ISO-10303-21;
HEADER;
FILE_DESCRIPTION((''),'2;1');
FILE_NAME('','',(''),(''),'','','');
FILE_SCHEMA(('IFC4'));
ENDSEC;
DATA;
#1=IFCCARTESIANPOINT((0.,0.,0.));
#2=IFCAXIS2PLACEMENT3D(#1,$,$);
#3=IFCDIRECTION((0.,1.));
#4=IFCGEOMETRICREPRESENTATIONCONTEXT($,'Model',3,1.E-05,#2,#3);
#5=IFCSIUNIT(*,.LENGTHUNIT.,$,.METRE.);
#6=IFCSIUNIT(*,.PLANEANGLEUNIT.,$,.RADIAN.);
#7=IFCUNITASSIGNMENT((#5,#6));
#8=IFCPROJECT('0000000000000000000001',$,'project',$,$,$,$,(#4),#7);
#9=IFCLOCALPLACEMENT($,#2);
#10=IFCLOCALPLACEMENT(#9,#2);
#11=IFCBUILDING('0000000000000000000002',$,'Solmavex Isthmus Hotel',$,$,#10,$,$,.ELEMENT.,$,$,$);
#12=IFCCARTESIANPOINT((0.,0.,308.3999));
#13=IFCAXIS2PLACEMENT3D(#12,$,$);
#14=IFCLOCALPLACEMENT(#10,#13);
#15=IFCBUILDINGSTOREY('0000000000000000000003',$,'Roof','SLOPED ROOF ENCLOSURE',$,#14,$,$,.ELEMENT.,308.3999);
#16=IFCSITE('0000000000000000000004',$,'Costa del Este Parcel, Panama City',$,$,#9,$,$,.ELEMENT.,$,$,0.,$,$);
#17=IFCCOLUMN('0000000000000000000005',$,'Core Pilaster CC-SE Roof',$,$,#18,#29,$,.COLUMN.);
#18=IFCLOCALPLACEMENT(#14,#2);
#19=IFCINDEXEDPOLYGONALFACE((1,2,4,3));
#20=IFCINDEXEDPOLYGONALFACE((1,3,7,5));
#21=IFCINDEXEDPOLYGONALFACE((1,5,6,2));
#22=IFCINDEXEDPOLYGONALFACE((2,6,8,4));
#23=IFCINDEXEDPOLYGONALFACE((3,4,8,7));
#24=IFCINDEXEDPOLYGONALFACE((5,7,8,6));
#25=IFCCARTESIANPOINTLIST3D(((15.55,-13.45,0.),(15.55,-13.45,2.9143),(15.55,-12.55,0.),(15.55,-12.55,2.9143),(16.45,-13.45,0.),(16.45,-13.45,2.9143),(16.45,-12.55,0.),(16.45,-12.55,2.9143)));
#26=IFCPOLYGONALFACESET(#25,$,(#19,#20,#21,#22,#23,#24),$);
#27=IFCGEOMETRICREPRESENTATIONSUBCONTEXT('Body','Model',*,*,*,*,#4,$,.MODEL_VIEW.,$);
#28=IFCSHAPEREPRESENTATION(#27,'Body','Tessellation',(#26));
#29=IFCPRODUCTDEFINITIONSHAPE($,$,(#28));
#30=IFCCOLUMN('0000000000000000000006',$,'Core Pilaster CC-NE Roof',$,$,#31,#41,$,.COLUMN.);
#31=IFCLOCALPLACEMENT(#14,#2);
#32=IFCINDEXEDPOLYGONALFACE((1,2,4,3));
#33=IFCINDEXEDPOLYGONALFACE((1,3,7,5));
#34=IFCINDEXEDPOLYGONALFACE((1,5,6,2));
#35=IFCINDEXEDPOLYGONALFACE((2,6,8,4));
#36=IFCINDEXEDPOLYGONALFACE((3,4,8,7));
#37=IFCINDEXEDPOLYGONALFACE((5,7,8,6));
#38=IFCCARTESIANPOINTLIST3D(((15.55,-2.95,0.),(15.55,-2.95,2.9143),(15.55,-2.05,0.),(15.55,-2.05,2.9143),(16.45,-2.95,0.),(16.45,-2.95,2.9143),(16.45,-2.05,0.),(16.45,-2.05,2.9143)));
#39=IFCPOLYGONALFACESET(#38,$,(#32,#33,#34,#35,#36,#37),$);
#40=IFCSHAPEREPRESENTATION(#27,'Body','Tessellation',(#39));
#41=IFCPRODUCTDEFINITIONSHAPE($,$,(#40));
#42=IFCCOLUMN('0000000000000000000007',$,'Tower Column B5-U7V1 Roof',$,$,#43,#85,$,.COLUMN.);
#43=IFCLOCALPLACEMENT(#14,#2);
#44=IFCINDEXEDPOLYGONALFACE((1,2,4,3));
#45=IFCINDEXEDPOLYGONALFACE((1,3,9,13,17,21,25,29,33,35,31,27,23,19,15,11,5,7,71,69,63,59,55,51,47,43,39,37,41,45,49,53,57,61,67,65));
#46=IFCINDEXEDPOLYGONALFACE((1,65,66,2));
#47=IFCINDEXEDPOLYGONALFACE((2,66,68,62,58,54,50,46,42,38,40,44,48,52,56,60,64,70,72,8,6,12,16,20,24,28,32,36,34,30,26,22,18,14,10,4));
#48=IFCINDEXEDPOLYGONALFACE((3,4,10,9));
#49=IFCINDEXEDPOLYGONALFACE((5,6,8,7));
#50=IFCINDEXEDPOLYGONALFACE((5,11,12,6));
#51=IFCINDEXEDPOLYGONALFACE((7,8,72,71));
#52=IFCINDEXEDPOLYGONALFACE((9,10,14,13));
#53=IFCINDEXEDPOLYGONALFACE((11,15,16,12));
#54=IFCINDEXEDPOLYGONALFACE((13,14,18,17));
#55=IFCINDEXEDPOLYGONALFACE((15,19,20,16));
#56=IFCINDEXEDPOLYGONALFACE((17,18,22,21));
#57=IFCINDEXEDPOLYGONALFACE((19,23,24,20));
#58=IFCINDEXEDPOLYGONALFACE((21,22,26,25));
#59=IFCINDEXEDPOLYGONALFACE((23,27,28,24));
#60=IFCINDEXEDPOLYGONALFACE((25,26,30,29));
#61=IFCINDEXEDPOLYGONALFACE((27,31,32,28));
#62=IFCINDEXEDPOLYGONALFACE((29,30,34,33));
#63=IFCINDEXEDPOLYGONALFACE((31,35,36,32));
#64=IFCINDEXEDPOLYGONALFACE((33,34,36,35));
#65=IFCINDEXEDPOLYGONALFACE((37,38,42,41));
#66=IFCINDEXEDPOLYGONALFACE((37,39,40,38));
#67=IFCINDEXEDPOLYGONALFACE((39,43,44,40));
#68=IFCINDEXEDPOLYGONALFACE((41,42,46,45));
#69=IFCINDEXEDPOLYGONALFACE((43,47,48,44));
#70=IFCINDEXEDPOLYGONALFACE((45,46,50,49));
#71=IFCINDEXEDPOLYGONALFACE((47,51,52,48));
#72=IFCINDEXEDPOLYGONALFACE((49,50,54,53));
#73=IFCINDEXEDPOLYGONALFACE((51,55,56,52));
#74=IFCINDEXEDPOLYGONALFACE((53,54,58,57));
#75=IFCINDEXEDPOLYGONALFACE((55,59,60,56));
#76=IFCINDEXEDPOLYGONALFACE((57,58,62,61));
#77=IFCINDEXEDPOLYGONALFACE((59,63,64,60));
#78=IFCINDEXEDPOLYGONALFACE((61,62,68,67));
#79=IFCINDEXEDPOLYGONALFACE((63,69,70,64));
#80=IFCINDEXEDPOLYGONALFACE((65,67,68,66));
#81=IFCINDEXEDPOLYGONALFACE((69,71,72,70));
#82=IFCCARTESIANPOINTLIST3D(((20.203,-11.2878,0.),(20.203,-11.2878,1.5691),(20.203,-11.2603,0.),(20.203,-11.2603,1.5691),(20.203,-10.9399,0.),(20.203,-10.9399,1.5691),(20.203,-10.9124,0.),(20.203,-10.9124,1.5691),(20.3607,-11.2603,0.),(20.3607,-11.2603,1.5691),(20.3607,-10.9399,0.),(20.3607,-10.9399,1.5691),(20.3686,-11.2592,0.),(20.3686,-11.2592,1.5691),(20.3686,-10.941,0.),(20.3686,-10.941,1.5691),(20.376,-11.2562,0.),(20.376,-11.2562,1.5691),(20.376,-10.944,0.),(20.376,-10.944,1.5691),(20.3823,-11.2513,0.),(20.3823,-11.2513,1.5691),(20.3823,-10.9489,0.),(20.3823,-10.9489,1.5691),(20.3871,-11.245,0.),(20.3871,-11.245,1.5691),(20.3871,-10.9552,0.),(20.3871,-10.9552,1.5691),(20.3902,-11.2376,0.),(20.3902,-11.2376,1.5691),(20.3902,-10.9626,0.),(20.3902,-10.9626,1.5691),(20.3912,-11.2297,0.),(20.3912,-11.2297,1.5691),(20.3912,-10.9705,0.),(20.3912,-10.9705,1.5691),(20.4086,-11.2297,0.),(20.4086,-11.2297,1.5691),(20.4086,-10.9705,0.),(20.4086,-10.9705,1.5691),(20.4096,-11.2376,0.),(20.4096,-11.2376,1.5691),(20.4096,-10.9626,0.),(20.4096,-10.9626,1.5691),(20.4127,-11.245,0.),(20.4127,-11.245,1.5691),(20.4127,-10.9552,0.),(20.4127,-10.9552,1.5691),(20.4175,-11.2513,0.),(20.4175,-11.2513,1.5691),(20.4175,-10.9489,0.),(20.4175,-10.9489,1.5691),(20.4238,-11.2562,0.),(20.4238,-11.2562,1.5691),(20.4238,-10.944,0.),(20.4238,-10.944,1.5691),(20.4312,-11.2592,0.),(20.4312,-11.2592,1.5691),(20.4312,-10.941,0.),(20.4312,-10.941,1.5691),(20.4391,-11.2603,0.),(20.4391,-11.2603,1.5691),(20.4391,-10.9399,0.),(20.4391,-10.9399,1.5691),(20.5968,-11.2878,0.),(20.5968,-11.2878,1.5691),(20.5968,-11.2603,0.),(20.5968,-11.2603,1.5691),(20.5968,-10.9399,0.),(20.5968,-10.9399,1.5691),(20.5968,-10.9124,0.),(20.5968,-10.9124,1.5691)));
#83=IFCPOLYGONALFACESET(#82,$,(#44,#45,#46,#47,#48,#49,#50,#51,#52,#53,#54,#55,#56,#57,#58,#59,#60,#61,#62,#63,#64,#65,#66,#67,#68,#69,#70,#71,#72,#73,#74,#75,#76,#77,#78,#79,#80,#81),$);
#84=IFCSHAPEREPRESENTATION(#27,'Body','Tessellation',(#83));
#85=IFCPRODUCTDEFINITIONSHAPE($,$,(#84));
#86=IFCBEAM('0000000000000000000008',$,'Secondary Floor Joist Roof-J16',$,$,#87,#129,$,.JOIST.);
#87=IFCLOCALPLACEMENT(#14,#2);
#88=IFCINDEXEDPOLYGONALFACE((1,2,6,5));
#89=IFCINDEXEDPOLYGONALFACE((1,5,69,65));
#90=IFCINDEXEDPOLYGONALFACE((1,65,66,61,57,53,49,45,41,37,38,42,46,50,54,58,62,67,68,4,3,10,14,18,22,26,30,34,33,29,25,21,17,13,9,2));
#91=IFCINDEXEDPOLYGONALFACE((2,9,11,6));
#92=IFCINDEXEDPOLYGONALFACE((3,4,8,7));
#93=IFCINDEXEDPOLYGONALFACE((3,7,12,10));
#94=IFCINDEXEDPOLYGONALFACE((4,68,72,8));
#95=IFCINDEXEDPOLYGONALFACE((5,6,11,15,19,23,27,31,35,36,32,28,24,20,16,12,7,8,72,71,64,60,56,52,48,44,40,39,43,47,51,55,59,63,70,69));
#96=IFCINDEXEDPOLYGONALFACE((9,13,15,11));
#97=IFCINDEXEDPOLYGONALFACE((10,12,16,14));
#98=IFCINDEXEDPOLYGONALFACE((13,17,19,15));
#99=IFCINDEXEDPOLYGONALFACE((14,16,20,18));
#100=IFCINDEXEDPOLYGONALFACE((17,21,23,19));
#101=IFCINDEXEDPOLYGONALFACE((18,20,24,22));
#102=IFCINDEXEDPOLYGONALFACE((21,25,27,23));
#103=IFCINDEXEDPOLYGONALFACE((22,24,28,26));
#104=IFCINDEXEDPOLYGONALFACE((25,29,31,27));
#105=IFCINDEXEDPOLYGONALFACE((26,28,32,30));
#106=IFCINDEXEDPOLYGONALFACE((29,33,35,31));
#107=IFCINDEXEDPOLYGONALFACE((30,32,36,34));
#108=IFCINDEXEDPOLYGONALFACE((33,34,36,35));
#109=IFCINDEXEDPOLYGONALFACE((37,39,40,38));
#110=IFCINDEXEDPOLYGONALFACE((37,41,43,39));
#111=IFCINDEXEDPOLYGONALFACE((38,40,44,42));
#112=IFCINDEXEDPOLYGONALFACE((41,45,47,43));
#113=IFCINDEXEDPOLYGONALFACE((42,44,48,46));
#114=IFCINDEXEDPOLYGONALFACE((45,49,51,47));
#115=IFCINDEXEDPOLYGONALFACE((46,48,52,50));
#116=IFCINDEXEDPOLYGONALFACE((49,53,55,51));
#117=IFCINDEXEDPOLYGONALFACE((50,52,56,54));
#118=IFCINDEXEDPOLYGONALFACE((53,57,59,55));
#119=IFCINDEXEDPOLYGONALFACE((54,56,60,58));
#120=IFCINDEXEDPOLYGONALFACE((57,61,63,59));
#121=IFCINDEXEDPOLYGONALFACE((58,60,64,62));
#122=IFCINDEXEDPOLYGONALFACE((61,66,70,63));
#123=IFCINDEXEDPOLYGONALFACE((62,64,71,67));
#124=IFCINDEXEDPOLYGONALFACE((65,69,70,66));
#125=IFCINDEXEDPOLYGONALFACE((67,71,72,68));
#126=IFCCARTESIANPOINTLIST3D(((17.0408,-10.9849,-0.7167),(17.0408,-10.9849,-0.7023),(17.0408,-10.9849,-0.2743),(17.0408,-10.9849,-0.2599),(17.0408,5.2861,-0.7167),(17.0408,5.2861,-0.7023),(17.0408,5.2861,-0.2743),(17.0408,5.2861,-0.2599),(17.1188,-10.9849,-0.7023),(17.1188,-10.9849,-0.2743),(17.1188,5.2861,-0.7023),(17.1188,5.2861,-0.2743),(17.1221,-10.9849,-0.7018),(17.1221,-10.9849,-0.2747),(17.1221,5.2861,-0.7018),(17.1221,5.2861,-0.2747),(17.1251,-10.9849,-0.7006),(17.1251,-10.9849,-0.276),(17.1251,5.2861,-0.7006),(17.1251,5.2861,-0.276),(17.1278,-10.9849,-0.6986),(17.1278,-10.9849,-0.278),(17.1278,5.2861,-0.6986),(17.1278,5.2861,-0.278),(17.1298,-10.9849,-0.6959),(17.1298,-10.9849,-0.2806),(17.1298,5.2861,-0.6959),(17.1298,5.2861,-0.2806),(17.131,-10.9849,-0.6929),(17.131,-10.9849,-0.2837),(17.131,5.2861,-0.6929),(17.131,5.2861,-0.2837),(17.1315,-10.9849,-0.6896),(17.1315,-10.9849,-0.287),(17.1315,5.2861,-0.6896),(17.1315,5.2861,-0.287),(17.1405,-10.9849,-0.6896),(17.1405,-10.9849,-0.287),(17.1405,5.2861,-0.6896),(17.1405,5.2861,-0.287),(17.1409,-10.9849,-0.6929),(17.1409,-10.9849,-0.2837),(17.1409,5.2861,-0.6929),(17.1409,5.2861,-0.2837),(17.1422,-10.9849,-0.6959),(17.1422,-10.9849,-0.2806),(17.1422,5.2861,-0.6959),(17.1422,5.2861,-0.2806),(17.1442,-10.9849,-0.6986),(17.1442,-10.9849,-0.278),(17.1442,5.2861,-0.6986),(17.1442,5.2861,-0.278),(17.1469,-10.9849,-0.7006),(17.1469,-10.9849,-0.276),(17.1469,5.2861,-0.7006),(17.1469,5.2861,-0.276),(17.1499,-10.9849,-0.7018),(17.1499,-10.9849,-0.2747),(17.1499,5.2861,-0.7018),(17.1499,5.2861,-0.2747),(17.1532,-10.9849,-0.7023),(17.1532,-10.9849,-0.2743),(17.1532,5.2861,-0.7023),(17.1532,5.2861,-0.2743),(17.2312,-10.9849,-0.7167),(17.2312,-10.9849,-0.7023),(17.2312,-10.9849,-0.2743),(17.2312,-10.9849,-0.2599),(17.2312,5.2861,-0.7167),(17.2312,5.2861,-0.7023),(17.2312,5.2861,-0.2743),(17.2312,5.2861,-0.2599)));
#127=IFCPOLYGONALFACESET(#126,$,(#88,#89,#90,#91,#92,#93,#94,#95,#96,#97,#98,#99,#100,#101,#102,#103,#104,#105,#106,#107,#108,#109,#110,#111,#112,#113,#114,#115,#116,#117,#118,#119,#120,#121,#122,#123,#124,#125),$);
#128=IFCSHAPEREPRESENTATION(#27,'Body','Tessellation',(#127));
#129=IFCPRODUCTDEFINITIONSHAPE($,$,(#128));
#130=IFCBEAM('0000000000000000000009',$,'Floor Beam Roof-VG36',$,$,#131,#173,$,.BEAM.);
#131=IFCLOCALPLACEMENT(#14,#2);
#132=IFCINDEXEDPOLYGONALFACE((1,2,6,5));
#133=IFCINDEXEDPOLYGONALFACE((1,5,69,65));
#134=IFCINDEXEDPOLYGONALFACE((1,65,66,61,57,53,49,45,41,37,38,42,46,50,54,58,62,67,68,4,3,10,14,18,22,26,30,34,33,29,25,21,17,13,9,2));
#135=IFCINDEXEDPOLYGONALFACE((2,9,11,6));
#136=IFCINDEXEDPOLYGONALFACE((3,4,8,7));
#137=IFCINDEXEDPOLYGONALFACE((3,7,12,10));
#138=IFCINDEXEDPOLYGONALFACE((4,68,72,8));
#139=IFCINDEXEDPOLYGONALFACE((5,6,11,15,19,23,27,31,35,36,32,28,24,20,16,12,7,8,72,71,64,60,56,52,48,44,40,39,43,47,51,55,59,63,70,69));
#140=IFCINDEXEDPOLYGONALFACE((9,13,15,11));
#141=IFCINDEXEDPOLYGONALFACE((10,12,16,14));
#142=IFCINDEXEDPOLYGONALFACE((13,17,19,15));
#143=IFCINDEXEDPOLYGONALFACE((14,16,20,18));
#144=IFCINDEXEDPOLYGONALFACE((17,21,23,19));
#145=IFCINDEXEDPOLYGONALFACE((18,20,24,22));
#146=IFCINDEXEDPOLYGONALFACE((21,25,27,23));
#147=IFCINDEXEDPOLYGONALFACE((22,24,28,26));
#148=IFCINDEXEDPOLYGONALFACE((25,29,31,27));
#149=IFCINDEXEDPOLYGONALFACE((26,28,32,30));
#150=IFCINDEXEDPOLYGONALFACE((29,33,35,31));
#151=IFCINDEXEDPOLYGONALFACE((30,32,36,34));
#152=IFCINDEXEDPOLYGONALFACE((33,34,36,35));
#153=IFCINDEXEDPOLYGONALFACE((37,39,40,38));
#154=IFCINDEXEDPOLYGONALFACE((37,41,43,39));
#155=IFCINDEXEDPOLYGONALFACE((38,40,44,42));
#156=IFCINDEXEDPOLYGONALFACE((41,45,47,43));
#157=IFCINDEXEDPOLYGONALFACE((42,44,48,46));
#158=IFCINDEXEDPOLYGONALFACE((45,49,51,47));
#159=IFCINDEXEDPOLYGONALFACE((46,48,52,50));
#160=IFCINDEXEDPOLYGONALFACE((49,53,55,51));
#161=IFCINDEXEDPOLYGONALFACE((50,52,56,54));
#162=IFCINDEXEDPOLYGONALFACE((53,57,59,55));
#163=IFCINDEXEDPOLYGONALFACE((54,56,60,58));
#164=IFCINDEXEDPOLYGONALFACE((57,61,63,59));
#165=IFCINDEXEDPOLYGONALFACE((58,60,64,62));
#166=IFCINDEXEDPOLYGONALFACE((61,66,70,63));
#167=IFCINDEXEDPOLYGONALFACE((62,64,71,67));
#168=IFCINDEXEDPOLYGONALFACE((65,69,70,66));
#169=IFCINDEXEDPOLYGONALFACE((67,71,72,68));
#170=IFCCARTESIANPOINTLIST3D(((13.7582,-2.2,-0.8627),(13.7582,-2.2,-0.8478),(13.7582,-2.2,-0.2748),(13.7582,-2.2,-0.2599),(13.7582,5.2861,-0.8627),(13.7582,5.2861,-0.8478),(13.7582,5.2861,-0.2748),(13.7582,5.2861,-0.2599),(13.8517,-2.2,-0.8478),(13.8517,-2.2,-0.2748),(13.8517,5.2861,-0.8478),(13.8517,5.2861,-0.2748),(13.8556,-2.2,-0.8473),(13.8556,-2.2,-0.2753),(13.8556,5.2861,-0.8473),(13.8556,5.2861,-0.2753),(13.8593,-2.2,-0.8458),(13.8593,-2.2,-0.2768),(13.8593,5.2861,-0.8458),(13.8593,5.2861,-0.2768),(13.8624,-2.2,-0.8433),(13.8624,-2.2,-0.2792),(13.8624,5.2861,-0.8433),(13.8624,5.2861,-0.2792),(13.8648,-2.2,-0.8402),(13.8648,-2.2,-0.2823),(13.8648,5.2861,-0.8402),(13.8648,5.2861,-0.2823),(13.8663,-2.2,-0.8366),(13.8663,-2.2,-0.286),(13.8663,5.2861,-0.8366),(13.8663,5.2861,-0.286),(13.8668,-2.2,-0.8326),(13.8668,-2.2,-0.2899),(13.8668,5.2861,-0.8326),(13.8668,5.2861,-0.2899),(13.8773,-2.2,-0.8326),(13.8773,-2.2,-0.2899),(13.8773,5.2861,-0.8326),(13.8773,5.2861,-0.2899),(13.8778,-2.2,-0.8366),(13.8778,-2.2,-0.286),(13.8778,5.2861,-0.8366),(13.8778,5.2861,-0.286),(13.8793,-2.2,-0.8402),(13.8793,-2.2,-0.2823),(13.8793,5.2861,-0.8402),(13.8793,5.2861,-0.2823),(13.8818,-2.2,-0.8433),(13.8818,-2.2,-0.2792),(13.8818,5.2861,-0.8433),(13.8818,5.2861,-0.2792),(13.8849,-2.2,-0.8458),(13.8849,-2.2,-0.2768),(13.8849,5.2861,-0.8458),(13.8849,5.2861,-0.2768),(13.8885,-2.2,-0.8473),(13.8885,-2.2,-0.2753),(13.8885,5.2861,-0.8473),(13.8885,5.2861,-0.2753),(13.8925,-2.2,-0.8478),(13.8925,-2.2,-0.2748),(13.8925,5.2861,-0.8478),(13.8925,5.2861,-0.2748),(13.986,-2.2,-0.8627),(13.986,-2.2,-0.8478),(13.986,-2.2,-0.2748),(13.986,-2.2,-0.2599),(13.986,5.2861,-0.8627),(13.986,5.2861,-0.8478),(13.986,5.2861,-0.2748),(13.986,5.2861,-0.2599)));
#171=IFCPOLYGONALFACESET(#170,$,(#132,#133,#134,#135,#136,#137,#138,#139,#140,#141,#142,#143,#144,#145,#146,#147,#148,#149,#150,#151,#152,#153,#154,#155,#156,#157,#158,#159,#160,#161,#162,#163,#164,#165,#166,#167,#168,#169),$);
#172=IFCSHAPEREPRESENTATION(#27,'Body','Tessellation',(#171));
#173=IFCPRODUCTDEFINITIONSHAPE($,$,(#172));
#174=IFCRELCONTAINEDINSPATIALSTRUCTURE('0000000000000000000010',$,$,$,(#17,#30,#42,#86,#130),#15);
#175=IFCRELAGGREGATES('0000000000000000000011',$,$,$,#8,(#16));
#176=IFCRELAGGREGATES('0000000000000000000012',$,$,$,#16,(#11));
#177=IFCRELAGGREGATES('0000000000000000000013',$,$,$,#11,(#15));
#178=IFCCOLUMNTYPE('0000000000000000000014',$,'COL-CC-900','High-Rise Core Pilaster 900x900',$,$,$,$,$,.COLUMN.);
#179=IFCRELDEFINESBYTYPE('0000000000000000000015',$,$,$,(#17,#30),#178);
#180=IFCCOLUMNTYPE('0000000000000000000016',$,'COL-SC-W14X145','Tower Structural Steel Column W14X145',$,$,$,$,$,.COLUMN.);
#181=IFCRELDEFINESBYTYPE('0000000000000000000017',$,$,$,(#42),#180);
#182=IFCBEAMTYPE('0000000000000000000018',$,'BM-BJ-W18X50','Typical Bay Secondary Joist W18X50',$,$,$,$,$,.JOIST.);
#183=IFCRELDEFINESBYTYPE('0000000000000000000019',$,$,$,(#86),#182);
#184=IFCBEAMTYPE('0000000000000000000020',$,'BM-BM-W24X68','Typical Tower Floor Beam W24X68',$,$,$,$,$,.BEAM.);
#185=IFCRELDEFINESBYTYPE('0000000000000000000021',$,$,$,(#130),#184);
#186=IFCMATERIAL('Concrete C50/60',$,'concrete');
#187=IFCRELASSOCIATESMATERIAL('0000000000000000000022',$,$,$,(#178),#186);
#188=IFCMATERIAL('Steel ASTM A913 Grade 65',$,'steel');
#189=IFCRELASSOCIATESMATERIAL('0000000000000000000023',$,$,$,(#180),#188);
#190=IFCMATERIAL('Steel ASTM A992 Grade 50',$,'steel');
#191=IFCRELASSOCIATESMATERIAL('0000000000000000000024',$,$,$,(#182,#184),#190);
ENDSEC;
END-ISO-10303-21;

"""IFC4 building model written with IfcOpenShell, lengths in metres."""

from ifc_helpers import new_model, si_unit, direction, frame, origin, origin_2d, place, context, subcontext, project, spatial, rectangle, i_section, extrude, material, material_profile, profile_set, type_object, element, save


model = new_model("IFC4")

# Units and contexts
model_context = context("Model", 3, precision=1e-05, world=origin(), true_north=direction((0.0, 1.0)))
body_context = subcontext(model_context, "Body", "Model", "MODEL_VIEW")
ifc_project = project(units=[si_unit("LENGTHUNIT", "METRE"), si_unit("PLANEANGLEUNIT", "RADIAN")], contexts=[model_context])

# Site, building, storey
site_placement = place(None, origin())
site = spatial("IfcSite", under=ifc_project, at=site_placement, Name="Costa del Este Parcel, Panama City", CompositionType="ELEMENT", RefElevation=0.0)
building_placement = place(site_placement, origin())
building = spatial("IfcBuilding", under=site, at=building_placement, Name="Solmavex Isthmus Hotel", CompositionType="ELEMENT")
storey_placement = place(building_placement, frame((0.0, 0.0, 308.3999)))
storey = spatial("IfcBuildingStorey", under=building, at=storey_placement, Name="Roof", Description="SLOPED ROOF ENCLOSURE", CompositionType="ELEMENT", Elevation=308.3999)

# Columns
ifc_material_1 = material(Name="Concrete C50/60", Category="concrete")
ifc_material_profile_1 = material_profile(ifc_material_1, rectangle(XDim=0.8999, YDim=0.8999, at=origin_2d()), Name="RC900X900")
ifc_profile_set_1 = profile_set([ifc_material_profile_1], Name="Concrete C50/60")
column_type_1 = type_object("IfcColumnType", Name="COL-CC-900", Description="High-Rise Core Pilaster 900x900", PredefinedType="COLUMN", material=ifc_profile_set_1)
for number, where, z_axis, x_axis, name in (
    (1, (16.0, -13.0, 0.0), (0.0, 0.0, 1.0), (1.0, 0.0, 0.0), "Core Pilaster CC-SE Roof"),
    (2, (16.0, -2.5, 0.0), (0.0, 0.0, 1.0), (1.0, 0.0, 0.0), "Core Pilaster CC-NE Roof"),
):
    element("IfcColumn", number, at=place(storey_placement, frame(where, z_axis=z_axis, x_axis=x_axis)), inside=storey, type_object=column_type_1, Name=name, PredefinedType="COLUMN", context=body_context, shape_type="SweptSolid", body=[
        extrude(rectangle(XDim=0.8999, YDim=0.8999, at=origin_2d()), origin(), (0.0, 0.0, 1.0), 2.9143),
    ])
ifc_material_2 = material(Name="Steel ASTM A913 Grade 65", Category="steel")
ifc_material_profile_2 = material_profile(ifc_material_2, i_section(OverallWidth=0.3938, OverallDepth=0.3755, WebThickness=0.0173, FlangeThickness=0.0276, FilletRadius=0.0305, at=origin_2d()), Name="W14X145")
ifc_profile_set_2 = profile_set([ifc_material_profile_2], Name="Steel ASTM A913 Grade 65")
column_type_2 = type_object("IfcColumnType", Name="COL-SC-W14X145", Description="Tower Structural Steel Column W14X145", PredefinedType="COLUMN", material=ifc_profile_set_2)
column_placement = place(storey_placement, frame((20.3999, -11.1001, 0.0), z_axis=(0.0, 0.0, 1.0), x_axis=(1.0, 0.0, 0.0)))
element("IfcColumn", 3, at=column_placement, inside=storey, type_object=column_type_2, Name="Tower Column B5-U7V1 Roof", PredefinedType="COLUMN", context=body_context, shape_type="SweptSolid", body=[
    extrude(i_section(OverallWidth=0.3938, OverallDepth=0.3755, WebThickness=0.0173, FlangeThickness=0.0276, FilletRadius=0.0305, at=origin_2d()), origin(), (0.0, 0.0, 1.0), 1.5691),
])

# Beams
ifc_material_3 = material(Name="Steel ASTM A992 Grade 50", Category="steel")
ifc_material_profile_3 = material_profile(ifc_material_3, i_section(OverallWidth=0.1904, OverallDepth=0.4568, WebThickness=0.009, FlangeThickness=0.0144, FilletRadius=0.0127, at=origin_2d()), Name="W18X50")
ifc_profile_set_3 = profile_set([ifc_material_profile_3], Name="Steel ASTM A992 Grade 50")
beam_type_1 = type_object("IfcBeamType", Name="BM-BJ-W18X50", Description="Typical Bay Secondary Joist W18X50", PredefinedType="JOIST", material=ifc_profile_set_3)
beam_1_placement = place(storey_placement, frame((17.136, -10.9849, -0.4883), z_axis=(0.0, 1.0, 0.0), x_axis=(-1.0, 0.0, 0.0)))
element("IfcBeam", 4, at=beam_1_placement, inside=storey, type_object=beam_type_1, Name="Secondary Floor Joist Roof-J16", PredefinedType="JOIST", context=body_context, shape_type="SweptSolid", body=[
    extrude(i_section(OverallWidth=0.1904, OverallDepth=0.4568, WebThickness=0.009, FlangeThickness=0.0144, FilletRadius=0.0127, at=origin_2d()), origin(), (0.0, 0.0, 1.0), 16.271),
])
ifc_material_profile_4 = material_profile(ifc_material_3, i_section(OverallWidth=0.2278, OverallDepth=0.6028, WebThickness=0.0105, FlangeThickness=0.0149, FilletRadius=0.0151, at=origin_2d()), Name="W24X68")
ifc_profile_set_4 = profile_set([ifc_material_profile_4], Name="Steel ASTM A992 Grade 50")
beam_type_2 = type_object("IfcBeamType", Name="BM-BM-W24X68", Description="Typical Tower Floor Beam W24X68", PredefinedType="BEAM", material=ifc_profile_set_4)
beam_2_placement = place(storey_placement, frame((13.8721, -2.2, -0.5613), z_axis=(0.0, 1.0, 0.0), x_axis=(-1.0, 0.0, 0.0)))
element("IfcBeam", 5, at=beam_2_placement, inside=storey, type_object=beam_type_2, Name="Floor Beam Roof-VG36", PredefinedType="BEAM", context=body_context, shape_type="SweptSolid", body=[
    extrude(i_section(OverallWidth=0.2278, OverallDepth=0.6028, WebThickness=0.0105, FlangeThickness=0.0149, FilletRadius=0.0151, at=origin_2d()), origin(), (0.0, 0.0, 1.0), 7.4861),
])

save(model, "model.ifc")
